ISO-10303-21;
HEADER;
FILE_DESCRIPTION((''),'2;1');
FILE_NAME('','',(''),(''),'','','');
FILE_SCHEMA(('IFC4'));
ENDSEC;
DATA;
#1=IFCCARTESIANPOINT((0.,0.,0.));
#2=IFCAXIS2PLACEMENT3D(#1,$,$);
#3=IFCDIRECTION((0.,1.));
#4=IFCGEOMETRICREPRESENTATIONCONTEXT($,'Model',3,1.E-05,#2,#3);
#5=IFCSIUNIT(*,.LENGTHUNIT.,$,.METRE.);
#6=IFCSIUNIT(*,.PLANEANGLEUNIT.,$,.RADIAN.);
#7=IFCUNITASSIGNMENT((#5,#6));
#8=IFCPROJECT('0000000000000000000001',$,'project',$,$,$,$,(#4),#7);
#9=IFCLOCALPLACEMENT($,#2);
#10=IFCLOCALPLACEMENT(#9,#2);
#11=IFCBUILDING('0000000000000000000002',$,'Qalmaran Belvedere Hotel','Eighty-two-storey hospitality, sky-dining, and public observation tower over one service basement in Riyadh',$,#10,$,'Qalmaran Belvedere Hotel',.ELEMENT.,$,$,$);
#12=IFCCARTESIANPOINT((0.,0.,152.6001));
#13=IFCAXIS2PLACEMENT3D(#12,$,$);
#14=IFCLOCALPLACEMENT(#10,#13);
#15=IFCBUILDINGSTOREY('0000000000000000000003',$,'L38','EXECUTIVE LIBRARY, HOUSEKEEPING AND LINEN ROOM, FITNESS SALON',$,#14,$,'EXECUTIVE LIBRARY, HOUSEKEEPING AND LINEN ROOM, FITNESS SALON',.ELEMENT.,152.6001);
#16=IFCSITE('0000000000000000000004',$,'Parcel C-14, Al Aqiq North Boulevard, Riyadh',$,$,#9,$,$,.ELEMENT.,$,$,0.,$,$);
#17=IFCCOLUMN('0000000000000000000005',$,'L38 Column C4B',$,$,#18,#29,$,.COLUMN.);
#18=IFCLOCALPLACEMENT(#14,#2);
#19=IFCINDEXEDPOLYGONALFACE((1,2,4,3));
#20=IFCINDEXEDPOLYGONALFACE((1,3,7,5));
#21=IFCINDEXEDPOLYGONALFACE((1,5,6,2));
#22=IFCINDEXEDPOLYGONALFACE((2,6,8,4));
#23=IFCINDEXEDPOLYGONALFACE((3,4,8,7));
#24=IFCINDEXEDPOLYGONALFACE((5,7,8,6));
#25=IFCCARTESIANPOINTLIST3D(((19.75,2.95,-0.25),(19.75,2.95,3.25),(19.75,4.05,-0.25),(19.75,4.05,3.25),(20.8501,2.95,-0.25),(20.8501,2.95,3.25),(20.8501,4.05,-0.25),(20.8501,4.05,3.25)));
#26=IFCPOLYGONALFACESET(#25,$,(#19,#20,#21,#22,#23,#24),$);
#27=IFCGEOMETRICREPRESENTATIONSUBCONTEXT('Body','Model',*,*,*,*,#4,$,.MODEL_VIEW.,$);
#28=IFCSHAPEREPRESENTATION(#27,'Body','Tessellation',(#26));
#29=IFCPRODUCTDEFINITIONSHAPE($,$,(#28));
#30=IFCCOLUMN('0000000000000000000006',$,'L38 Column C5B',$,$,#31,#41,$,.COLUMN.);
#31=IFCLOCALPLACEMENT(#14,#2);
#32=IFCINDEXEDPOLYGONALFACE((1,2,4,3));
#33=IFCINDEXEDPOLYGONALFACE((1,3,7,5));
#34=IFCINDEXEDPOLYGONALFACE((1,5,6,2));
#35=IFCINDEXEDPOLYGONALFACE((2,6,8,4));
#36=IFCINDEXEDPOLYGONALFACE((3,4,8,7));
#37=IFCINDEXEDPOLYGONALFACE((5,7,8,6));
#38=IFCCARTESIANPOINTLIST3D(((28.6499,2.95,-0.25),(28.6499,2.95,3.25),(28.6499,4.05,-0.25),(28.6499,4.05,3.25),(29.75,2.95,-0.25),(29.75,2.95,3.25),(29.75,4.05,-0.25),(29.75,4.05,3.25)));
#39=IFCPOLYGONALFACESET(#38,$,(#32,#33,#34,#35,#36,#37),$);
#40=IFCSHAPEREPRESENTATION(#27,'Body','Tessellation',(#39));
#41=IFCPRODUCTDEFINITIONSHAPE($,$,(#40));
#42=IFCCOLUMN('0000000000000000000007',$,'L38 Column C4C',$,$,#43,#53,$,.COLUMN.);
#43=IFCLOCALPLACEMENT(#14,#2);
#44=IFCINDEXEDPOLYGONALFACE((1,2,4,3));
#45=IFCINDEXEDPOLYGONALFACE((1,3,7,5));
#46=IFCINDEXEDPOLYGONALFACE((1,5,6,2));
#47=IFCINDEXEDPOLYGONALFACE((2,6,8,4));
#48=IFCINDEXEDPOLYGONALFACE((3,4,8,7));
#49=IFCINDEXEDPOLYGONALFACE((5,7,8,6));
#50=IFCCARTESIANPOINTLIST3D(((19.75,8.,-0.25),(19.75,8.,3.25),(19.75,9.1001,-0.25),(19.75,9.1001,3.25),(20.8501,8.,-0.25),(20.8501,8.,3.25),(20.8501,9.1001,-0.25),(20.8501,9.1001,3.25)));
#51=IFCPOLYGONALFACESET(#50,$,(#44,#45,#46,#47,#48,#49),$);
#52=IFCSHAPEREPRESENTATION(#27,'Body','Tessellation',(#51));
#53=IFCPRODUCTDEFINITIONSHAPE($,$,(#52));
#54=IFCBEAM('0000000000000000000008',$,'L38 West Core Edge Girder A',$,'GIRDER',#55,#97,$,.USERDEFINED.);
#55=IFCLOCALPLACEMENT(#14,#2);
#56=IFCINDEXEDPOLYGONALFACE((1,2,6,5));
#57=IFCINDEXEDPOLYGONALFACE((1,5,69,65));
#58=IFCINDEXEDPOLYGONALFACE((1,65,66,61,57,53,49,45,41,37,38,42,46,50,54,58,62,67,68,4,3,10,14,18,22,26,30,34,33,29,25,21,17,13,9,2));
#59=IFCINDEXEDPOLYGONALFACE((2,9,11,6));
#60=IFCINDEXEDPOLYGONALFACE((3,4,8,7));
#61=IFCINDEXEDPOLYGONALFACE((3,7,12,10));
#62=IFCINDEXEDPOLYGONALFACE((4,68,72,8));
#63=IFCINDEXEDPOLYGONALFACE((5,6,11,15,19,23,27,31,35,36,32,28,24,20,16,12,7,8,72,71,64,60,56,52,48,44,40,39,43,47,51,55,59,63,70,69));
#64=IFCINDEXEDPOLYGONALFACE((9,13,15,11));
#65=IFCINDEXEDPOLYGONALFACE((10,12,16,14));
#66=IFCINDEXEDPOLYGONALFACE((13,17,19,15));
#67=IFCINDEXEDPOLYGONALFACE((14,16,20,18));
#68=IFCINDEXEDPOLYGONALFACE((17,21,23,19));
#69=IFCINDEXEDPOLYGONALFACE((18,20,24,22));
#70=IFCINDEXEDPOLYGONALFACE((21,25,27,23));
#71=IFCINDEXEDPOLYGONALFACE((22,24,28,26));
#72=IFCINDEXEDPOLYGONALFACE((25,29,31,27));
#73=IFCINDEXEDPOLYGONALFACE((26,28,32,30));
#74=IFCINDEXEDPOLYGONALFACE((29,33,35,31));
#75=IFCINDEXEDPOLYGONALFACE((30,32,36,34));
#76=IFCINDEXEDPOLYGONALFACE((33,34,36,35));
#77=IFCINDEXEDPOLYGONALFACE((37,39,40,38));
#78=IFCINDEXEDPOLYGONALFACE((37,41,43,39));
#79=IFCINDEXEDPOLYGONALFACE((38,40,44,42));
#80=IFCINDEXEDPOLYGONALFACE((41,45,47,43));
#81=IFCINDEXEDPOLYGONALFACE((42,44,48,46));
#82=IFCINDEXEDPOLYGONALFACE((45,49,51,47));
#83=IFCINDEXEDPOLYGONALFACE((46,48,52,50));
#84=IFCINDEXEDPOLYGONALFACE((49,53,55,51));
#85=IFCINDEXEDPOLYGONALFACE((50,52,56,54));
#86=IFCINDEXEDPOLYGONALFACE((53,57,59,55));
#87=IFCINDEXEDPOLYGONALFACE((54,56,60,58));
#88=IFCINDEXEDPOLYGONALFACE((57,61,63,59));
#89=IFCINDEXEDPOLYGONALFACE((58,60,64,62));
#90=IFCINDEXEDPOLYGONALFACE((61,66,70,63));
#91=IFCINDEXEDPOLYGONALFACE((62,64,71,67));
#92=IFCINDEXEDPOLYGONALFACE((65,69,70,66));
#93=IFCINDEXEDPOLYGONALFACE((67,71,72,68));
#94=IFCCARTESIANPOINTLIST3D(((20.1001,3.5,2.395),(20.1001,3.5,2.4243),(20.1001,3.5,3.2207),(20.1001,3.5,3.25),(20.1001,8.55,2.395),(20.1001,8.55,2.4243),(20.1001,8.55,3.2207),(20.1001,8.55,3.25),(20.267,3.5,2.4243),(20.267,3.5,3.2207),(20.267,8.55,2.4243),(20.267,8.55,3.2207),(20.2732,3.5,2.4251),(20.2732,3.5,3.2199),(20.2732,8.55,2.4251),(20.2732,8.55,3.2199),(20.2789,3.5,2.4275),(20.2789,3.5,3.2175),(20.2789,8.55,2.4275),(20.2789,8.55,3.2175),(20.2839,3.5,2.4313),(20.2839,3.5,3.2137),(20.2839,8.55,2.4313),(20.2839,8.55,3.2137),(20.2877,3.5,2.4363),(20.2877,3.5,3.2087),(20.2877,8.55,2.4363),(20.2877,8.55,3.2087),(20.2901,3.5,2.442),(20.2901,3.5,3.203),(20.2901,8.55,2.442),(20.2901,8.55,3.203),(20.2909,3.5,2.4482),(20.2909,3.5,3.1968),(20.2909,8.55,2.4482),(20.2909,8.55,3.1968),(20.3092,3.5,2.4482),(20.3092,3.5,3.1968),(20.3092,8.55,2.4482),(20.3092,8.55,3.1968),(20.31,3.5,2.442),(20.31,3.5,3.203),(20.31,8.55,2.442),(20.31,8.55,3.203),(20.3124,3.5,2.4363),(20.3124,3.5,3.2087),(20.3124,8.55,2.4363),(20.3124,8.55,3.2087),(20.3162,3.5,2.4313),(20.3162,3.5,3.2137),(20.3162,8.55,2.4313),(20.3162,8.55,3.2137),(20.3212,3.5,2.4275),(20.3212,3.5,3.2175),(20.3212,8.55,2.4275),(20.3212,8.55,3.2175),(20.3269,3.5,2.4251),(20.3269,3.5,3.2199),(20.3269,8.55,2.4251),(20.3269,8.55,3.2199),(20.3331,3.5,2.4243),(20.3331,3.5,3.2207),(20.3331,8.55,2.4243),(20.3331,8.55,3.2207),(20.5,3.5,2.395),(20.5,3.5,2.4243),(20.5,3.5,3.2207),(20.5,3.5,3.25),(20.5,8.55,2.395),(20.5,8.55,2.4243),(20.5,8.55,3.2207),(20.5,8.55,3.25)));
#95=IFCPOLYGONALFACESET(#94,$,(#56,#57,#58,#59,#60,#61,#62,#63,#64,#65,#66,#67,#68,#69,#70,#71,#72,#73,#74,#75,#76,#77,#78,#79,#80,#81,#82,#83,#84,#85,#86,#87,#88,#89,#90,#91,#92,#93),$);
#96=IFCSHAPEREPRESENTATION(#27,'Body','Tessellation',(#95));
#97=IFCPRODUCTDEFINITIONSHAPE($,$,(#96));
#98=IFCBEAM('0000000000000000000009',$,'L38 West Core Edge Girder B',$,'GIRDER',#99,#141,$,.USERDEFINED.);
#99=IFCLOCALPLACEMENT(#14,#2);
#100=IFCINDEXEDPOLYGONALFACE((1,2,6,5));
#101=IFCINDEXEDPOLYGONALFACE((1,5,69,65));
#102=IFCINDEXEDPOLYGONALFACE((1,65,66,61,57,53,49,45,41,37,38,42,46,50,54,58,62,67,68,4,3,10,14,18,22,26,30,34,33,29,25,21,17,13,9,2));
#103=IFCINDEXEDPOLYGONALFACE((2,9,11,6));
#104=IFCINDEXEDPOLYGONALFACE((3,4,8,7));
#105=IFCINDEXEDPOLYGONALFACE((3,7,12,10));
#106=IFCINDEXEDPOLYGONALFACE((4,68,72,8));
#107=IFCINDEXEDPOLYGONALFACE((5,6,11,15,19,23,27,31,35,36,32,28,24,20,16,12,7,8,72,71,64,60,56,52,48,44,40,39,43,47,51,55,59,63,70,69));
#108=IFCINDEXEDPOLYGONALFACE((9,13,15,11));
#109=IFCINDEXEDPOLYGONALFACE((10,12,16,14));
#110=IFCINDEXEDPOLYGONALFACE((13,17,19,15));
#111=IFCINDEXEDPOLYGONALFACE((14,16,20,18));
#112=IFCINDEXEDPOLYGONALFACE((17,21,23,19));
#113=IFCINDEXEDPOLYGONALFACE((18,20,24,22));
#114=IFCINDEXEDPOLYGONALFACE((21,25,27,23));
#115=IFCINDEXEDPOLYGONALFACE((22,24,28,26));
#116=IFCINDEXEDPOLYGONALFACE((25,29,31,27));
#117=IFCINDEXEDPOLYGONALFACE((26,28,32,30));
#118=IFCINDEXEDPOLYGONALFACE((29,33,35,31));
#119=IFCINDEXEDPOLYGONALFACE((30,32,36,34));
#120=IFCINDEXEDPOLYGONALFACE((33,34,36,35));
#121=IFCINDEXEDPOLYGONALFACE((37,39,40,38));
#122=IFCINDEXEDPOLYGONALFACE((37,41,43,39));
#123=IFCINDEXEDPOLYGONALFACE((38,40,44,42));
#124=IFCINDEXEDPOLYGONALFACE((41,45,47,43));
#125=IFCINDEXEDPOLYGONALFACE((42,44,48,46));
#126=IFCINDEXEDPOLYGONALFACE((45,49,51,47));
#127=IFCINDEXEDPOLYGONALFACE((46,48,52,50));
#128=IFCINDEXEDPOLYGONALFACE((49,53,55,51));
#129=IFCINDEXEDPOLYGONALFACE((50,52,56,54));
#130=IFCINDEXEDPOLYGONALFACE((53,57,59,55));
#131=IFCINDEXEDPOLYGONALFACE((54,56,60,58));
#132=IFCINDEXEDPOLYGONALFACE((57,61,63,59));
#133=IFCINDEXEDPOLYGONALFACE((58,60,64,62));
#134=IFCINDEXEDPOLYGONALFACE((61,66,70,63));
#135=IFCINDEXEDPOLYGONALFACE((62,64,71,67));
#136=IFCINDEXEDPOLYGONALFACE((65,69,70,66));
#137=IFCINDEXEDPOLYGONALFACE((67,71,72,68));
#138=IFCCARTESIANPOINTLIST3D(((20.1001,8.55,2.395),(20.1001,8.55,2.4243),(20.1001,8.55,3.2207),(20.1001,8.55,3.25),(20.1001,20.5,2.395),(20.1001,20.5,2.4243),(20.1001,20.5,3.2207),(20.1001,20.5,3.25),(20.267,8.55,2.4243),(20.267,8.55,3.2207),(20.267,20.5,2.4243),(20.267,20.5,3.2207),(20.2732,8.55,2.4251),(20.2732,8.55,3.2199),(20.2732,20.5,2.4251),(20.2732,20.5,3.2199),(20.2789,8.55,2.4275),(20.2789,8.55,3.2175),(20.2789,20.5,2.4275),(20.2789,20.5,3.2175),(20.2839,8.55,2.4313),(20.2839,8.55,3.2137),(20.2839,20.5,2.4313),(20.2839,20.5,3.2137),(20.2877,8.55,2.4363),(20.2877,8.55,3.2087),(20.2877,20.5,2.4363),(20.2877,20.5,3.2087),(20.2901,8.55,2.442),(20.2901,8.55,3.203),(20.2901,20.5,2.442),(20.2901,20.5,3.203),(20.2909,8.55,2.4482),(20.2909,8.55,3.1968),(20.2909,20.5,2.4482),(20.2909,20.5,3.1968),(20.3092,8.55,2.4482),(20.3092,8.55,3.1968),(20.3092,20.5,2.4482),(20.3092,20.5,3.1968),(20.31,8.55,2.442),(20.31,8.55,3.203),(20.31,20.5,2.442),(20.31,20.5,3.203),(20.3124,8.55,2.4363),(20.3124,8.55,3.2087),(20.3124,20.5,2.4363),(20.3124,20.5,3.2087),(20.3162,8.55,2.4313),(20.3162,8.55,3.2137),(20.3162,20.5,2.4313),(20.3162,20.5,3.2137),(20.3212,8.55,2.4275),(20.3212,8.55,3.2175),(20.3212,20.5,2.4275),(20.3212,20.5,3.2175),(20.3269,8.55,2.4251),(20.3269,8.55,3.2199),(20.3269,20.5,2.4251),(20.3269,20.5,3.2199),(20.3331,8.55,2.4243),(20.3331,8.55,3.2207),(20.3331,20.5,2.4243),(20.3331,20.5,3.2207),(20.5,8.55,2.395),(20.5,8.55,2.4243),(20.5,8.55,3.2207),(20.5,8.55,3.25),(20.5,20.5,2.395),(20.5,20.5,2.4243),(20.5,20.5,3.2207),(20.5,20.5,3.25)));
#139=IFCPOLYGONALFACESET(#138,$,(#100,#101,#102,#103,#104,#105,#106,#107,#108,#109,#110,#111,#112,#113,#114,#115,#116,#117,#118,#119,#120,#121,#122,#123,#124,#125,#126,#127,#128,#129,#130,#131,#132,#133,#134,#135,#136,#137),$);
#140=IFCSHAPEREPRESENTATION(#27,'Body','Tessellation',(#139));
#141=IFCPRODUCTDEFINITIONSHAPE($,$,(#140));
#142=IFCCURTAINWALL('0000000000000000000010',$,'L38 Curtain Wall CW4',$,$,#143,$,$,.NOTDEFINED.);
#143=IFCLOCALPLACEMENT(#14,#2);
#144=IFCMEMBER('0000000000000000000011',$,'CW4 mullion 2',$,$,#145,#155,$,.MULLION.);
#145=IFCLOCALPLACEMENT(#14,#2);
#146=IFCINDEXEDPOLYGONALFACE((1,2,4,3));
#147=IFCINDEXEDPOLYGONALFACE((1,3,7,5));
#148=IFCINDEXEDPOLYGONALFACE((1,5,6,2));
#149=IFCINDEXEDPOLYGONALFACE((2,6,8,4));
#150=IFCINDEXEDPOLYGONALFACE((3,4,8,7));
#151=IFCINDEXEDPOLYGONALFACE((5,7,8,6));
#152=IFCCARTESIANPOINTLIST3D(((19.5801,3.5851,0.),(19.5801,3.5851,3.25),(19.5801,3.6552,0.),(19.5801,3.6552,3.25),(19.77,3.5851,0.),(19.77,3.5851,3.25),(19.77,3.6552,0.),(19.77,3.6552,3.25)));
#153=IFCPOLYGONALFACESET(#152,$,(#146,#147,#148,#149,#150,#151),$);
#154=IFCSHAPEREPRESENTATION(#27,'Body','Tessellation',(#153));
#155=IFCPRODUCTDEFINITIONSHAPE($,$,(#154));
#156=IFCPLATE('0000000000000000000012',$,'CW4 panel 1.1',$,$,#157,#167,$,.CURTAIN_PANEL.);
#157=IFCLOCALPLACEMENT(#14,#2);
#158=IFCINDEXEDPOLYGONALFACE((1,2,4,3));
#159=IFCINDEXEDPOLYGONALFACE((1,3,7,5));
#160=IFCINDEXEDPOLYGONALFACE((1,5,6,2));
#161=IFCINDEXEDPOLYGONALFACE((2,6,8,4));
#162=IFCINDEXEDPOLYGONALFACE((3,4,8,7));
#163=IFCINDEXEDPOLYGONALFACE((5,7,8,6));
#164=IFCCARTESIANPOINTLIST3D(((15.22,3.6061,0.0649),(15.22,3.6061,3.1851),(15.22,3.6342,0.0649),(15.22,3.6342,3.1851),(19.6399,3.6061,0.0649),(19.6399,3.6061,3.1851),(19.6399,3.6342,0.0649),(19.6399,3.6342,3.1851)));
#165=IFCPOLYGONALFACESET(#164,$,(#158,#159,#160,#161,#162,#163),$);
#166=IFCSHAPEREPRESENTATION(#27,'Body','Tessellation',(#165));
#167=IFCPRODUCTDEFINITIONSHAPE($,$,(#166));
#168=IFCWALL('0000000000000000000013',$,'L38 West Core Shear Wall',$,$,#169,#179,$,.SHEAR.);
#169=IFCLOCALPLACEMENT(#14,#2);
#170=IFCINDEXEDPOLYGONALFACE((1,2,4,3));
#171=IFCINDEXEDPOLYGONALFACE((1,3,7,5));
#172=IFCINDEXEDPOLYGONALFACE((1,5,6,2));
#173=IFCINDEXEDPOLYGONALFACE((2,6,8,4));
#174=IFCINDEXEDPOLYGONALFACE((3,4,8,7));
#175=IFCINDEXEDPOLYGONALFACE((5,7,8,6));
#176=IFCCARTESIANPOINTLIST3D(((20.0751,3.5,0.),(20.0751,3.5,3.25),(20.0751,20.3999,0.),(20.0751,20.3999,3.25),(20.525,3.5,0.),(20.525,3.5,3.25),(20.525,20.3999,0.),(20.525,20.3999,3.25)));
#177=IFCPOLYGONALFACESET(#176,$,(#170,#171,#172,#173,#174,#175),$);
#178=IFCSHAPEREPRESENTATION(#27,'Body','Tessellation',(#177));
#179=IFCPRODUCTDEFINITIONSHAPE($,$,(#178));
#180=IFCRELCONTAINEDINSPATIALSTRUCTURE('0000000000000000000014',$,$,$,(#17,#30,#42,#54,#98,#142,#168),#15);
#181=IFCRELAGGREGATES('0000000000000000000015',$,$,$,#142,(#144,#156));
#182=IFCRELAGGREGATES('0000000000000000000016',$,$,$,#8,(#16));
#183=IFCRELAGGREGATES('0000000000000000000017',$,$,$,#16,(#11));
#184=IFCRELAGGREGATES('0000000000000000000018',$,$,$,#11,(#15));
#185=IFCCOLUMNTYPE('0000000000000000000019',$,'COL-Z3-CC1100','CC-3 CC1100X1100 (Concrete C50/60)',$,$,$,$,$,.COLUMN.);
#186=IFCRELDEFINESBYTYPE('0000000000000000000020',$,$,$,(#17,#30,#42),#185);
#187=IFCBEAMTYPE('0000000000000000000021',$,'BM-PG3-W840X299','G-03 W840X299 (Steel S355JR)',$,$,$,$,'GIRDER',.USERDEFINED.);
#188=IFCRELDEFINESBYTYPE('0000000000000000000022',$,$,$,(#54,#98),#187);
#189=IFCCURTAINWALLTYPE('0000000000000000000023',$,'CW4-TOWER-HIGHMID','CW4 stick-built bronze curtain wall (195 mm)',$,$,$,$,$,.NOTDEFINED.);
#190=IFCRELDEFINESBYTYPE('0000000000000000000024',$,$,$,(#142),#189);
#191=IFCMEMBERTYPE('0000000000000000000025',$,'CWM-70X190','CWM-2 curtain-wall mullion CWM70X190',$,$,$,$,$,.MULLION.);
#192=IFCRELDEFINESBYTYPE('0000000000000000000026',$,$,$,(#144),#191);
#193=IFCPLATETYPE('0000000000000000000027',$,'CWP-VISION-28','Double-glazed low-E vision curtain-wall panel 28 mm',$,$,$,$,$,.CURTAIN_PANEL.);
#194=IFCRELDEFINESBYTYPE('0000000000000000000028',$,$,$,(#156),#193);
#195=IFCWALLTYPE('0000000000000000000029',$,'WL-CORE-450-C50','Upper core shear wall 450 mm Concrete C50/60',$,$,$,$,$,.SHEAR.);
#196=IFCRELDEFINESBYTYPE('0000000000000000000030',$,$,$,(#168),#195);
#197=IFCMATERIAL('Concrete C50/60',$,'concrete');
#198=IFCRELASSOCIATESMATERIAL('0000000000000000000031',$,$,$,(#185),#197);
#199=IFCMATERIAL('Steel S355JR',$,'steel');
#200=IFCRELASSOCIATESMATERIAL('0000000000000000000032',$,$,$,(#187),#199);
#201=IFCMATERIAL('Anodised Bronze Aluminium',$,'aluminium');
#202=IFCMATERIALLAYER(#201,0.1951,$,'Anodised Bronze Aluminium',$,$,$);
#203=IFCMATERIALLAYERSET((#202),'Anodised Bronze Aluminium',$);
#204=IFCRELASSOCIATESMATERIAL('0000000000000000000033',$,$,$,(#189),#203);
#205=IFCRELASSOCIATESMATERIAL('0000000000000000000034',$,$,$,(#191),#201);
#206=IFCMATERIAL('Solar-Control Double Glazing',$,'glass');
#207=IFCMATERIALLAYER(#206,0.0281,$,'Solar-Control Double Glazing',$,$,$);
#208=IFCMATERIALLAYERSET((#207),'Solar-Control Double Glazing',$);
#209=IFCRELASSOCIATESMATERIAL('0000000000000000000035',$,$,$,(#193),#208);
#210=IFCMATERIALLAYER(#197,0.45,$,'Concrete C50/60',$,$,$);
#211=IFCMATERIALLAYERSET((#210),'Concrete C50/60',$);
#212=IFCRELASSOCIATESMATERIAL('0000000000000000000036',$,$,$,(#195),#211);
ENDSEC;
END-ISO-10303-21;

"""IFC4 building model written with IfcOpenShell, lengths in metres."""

from ifc_helpers import new_model, si_unit, direction, frame, frame_2d, origin, origin_2d, place, context, subcontext, project, spatial, rectangle, i_section, extrude, material, layer, layer_set, material_profile, profile_set, type_object, element, aggregate, save


model = new_model("IFC4")

# Units and contexts
model_context = context("Model", 3, precision=1e-05, world=origin(), true_north=direction((0.0, 1.0)))
body_context = subcontext(model_context, "Body", "Model", "MODEL_VIEW")
ifc_project = project(units=[si_unit("LENGTHUNIT", "METRE"), si_unit("PLANEANGLEUNIT", "RADIAN")], contexts=[model_context])

# Site, building, storey
site_placement = place(None, origin())
site = spatial("IfcSite", under=ifc_project, at=site_placement, Name="Parcel C-14, Al Aqiq North Boulevard, Riyadh", CompositionType="ELEMENT", RefElevation=0.0)
building_placement = place(site_placement, origin())
building = spatial("IfcBuilding", under=site, at=building_placement, Name="Qalmaran Belvedere Hotel", Description="Eighty-two-storey hospitality, sky-dining, and public observation tower over one service basement in Riyadh", LongName="Qalmaran Belvedere Hotel", CompositionType="ELEMENT")
storey_placement = place(building_placement, frame((0.0, 0.0, 152.6001)))
storey = spatial("IfcBuildingStorey", under=building, at=storey_placement, Name="L38", Description="EXECUTIVE LIBRARY, HOUSEKEEPING AND LINEN ROOM, FITNESS SALON", LongName="EXECUTIVE LIBRARY, HOUSEKEEPING AND LINEN ROOM, FITNESS SALON", CompositionType="ELEMENT", Elevation=152.6001)

# Columns
ifc_material_1 = material(Name="Concrete C50/60", Category="concrete")
ifc_material_profile_1 = material_profile(ifc_material_1, rectangle(XDim=1.1001, YDim=1.1001, at=origin_2d()), Name="CC1100X1100")
ifc_profile_set_1 = profile_set([ifc_material_profile_1], Name="Concrete C50/60")
column_type = type_object("IfcColumnType", Name="COL-Z3-CC1100", Description="CC-3 CC1100X1100 (Concrete C50/60)", PredefinedType="COLUMN", material=ifc_profile_set_1)
for number, where, z_axis, x_axis, name in (
    (1, (20.3, 3.5, -0.25), (0.0, 0.0, 1.0), (1.0, 0.0, 0.0), "L38 Column C4B"),
    (2, (29.2, 3.5, -0.25), (0.0, 0.0, 1.0), (1.0, 0.0, 0.0), "L38 Column C5B"),
    (3, (20.3, 8.55, -0.25), (0.0, 0.0, 1.0), (1.0, 0.0, 0.0), "L38 Column C4C"),
):
    element("IfcColumn", number, at=place(storey_placement, frame(where, z_axis=z_axis, x_axis=x_axis)), inside=storey, type_object=column_type, Name=name, PredefinedType="COLUMN", context=body_context, shape_type="SweptSolid", body=[
        extrude(rectangle(XDim=1.1001, YDim=1.1001, at=origin_2d()), origin(), (0.0, 0.0, 1.0), 3.5),
    ])

# Beams
ifc_material_2 = material(Name="Steel S355JR", Category="steel")
ifc_material_profile_2 = material_profile(ifc_material_2, i_section(OverallWidth=0.3999, OverallDepth=0.855, WebThickness=0.0183, FlangeThickness=0.0293, FilletRadius=0.0239, at=origin_2d()), Name="W840X299")
ifc_profile_set_2 = profile_set([ifc_material_profile_2], Name="Steel S355JR")
beam_type = type_object("IfcBeamType", Name="BM-PG3-W840X299", Description="G-03 W840X299 (Steel S355JR)", ElementType="GIRDER", PredefinedType="USERDEFINED", material=ifc_profile_set_2)
beam_1_placement = place(storey_placement, frame((20.3, 3.5, 2.8225), z_axis=(0.0, 1.0, 0.0), x_axis=(-1.0, 0.0, 0.0)))
element("IfcBeam", 4, at=beam_1_placement, inside=storey, type_object=beam_type, Name="L38 West Core Edge Girder A", ObjectType="GIRDER", PredefinedType="USERDEFINED", context=body_context, shape_type="SweptSolid", body=[
    extrude(i_section(OverallWidth=0.3999, OverallDepth=0.855, WebThickness=0.0183, FlangeThickness=0.0293, FilletRadius=0.0239, at=origin_2d()), origin(), (0.0, 0.0, 1.0), 5.05),
])
beam_2_placement = place(storey_placement, frame((20.3, 8.55, 2.8225), z_axis=(0.0, 1.0, 0.0), x_axis=(-1.0, 0.0, 0.0)))
element("IfcBeam", 5, at=beam_2_placement, inside=storey, type_object=beam_type, Name="L38 West Core Edge Girder B", ObjectType="GIRDER", PredefinedType="USERDEFINED", context=body_context, shape_type="SweptSolid", body=[
    extrude(i_section(OverallWidth=0.3999, OverallDepth=0.855, WebThickness=0.0183, FlangeThickness=0.0293, FilletRadius=0.0239, at=origin_2d()), origin(), (0.0, 0.0, 1.0), 11.95),
])

# Curtain wall, member, plate
ifc_material_3 = material(Name="Anodised Bronze Aluminium", Category="aluminium")
ifc_layer_1 = layer(ifc_material_3, 0.1951, Name="Anodised Bronze Aluminium")
ifc_layer_set_1 = layer_set([ifc_layer_1], Name="Anodised Bronze Aluminium")
curtain_wall_type = type_object("IfcCurtainWallType", Name="CW4-TOWER-HIGHMID", Description="CW4 stick-built bronze curtain wall (195 mm)", PredefinedType="NOTDEFINED", material=ifc_layer_set_1)
curtain_wall_placement = place(storey_placement, origin())
curtain_wall = element("IfcCurtainWall", 6, at=curtain_wall_placement, inside=storey, type_object=curtain_wall_type, Name="L38 Curtain Wall CW4", PredefinedType="NOTDEFINED")
ifc_material_profile_3 = material_profile(ifc_material_3, rectangle(XDim=0.0701, YDim=0.1899, at=origin_2d()), Name="CWM70X190")
ifc_profile_set_3 = profile_set([ifc_material_profile_3], Name="Anodised Bronze Aluminium")
member_type = type_object("IfcMemberType", Name="CWM-70X190", Description="CWM-2 curtain-wall mullion CWM70X190", PredefinedType="MULLION", material=ifc_profile_set_3)
member_placement = place(storey_placement, frame((19.675, 3.6201, 0.0), z_axis=(0.0, 0.0, 1.0), x_axis=(0.0, 1.0, 0.0)))
member = element("IfcMember", 7, at=member_placement, type_object=member_type, Name="CW4 mullion 2", PredefinedType="MULLION", context=body_context, shape_type="SweptSolid", body=[
    extrude(rectangle(XDim=0.0701, YDim=0.1899, at=origin_2d()), origin(), (0.0, 0.0, 1.0), 3.25),
])
ifc_material_4 = material(Name="Solar-Control Double Glazing", Category="glass")
ifc_layer_2 = layer(ifc_material_4, 0.0281, Name="Solar-Control Double Glazing")
ifc_layer_set_2 = layer_set([ifc_layer_2], Name="Solar-Control Double Glazing")
plate_type = type_object("IfcPlateType", Name="CWP-VISION-28", Description="Double-glazed low-E vision curtain-wall panel 28 mm", PredefinedType="CURTAIN_PANEL", material=ifc_layer_set_2)
plate_placement = place(storey_placement, frame((17.4299, 3.6201, 0.0649), z_axis=(0.0, 0.0, 1.0), x_axis=(1.0, 0.0, 0.0)))
plate = element("IfcPlate", 8, at=plate_placement, type_object=plate_type, Name="CW4 panel 1.1", PredefinedType="CURTAIN_PANEL", context=body_context, shape_type="SweptSolid", body=[
    extrude(rectangle(XDim=4.4199, YDim=0.0281, at=origin_2d()), origin(), (0.0, 0.0, 1.0), 3.1201),
])
aggregate(curtain_wall, [member, plate])

# Wall
ifc_layer_3 = layer(ifc_material_1, 0.45, Name="Concrete C50/60")
ifc_layer_set_3 = layer_set([ifc_layer_3], Name="Concrete C50/60")
wall_type_1 = type_object("IfcWallType", Name="WL-CORE-450-C50", Description="Upper core shear wall 450 mm Concrete C50/60", PredefinedType="SHEAR", material=ifc_layer_set_3)
wall_1_placement = place(storey_placement, frame((20.3, 3.5, 0.0), z_axis=(0.0, 0.0, 1.0), x_axis=(0.0, 1.0, 0.0)))
element("IfcWall", 9, at=wall_1_placement, inside=storey, type_object=wall_type_1, Name="L38 West Core Shear Wall", PredefinedType="SHEAR", context=body_context, shape_type="SweptSolid", body=[
    extrude(rectangle(XDim=16.8999, YDim=0.45, at=frame_2d((8.45, 0.0))), origin(), (0.0, 0.0, 1.0), 3.25),
])

save(model, "model.ifc")
